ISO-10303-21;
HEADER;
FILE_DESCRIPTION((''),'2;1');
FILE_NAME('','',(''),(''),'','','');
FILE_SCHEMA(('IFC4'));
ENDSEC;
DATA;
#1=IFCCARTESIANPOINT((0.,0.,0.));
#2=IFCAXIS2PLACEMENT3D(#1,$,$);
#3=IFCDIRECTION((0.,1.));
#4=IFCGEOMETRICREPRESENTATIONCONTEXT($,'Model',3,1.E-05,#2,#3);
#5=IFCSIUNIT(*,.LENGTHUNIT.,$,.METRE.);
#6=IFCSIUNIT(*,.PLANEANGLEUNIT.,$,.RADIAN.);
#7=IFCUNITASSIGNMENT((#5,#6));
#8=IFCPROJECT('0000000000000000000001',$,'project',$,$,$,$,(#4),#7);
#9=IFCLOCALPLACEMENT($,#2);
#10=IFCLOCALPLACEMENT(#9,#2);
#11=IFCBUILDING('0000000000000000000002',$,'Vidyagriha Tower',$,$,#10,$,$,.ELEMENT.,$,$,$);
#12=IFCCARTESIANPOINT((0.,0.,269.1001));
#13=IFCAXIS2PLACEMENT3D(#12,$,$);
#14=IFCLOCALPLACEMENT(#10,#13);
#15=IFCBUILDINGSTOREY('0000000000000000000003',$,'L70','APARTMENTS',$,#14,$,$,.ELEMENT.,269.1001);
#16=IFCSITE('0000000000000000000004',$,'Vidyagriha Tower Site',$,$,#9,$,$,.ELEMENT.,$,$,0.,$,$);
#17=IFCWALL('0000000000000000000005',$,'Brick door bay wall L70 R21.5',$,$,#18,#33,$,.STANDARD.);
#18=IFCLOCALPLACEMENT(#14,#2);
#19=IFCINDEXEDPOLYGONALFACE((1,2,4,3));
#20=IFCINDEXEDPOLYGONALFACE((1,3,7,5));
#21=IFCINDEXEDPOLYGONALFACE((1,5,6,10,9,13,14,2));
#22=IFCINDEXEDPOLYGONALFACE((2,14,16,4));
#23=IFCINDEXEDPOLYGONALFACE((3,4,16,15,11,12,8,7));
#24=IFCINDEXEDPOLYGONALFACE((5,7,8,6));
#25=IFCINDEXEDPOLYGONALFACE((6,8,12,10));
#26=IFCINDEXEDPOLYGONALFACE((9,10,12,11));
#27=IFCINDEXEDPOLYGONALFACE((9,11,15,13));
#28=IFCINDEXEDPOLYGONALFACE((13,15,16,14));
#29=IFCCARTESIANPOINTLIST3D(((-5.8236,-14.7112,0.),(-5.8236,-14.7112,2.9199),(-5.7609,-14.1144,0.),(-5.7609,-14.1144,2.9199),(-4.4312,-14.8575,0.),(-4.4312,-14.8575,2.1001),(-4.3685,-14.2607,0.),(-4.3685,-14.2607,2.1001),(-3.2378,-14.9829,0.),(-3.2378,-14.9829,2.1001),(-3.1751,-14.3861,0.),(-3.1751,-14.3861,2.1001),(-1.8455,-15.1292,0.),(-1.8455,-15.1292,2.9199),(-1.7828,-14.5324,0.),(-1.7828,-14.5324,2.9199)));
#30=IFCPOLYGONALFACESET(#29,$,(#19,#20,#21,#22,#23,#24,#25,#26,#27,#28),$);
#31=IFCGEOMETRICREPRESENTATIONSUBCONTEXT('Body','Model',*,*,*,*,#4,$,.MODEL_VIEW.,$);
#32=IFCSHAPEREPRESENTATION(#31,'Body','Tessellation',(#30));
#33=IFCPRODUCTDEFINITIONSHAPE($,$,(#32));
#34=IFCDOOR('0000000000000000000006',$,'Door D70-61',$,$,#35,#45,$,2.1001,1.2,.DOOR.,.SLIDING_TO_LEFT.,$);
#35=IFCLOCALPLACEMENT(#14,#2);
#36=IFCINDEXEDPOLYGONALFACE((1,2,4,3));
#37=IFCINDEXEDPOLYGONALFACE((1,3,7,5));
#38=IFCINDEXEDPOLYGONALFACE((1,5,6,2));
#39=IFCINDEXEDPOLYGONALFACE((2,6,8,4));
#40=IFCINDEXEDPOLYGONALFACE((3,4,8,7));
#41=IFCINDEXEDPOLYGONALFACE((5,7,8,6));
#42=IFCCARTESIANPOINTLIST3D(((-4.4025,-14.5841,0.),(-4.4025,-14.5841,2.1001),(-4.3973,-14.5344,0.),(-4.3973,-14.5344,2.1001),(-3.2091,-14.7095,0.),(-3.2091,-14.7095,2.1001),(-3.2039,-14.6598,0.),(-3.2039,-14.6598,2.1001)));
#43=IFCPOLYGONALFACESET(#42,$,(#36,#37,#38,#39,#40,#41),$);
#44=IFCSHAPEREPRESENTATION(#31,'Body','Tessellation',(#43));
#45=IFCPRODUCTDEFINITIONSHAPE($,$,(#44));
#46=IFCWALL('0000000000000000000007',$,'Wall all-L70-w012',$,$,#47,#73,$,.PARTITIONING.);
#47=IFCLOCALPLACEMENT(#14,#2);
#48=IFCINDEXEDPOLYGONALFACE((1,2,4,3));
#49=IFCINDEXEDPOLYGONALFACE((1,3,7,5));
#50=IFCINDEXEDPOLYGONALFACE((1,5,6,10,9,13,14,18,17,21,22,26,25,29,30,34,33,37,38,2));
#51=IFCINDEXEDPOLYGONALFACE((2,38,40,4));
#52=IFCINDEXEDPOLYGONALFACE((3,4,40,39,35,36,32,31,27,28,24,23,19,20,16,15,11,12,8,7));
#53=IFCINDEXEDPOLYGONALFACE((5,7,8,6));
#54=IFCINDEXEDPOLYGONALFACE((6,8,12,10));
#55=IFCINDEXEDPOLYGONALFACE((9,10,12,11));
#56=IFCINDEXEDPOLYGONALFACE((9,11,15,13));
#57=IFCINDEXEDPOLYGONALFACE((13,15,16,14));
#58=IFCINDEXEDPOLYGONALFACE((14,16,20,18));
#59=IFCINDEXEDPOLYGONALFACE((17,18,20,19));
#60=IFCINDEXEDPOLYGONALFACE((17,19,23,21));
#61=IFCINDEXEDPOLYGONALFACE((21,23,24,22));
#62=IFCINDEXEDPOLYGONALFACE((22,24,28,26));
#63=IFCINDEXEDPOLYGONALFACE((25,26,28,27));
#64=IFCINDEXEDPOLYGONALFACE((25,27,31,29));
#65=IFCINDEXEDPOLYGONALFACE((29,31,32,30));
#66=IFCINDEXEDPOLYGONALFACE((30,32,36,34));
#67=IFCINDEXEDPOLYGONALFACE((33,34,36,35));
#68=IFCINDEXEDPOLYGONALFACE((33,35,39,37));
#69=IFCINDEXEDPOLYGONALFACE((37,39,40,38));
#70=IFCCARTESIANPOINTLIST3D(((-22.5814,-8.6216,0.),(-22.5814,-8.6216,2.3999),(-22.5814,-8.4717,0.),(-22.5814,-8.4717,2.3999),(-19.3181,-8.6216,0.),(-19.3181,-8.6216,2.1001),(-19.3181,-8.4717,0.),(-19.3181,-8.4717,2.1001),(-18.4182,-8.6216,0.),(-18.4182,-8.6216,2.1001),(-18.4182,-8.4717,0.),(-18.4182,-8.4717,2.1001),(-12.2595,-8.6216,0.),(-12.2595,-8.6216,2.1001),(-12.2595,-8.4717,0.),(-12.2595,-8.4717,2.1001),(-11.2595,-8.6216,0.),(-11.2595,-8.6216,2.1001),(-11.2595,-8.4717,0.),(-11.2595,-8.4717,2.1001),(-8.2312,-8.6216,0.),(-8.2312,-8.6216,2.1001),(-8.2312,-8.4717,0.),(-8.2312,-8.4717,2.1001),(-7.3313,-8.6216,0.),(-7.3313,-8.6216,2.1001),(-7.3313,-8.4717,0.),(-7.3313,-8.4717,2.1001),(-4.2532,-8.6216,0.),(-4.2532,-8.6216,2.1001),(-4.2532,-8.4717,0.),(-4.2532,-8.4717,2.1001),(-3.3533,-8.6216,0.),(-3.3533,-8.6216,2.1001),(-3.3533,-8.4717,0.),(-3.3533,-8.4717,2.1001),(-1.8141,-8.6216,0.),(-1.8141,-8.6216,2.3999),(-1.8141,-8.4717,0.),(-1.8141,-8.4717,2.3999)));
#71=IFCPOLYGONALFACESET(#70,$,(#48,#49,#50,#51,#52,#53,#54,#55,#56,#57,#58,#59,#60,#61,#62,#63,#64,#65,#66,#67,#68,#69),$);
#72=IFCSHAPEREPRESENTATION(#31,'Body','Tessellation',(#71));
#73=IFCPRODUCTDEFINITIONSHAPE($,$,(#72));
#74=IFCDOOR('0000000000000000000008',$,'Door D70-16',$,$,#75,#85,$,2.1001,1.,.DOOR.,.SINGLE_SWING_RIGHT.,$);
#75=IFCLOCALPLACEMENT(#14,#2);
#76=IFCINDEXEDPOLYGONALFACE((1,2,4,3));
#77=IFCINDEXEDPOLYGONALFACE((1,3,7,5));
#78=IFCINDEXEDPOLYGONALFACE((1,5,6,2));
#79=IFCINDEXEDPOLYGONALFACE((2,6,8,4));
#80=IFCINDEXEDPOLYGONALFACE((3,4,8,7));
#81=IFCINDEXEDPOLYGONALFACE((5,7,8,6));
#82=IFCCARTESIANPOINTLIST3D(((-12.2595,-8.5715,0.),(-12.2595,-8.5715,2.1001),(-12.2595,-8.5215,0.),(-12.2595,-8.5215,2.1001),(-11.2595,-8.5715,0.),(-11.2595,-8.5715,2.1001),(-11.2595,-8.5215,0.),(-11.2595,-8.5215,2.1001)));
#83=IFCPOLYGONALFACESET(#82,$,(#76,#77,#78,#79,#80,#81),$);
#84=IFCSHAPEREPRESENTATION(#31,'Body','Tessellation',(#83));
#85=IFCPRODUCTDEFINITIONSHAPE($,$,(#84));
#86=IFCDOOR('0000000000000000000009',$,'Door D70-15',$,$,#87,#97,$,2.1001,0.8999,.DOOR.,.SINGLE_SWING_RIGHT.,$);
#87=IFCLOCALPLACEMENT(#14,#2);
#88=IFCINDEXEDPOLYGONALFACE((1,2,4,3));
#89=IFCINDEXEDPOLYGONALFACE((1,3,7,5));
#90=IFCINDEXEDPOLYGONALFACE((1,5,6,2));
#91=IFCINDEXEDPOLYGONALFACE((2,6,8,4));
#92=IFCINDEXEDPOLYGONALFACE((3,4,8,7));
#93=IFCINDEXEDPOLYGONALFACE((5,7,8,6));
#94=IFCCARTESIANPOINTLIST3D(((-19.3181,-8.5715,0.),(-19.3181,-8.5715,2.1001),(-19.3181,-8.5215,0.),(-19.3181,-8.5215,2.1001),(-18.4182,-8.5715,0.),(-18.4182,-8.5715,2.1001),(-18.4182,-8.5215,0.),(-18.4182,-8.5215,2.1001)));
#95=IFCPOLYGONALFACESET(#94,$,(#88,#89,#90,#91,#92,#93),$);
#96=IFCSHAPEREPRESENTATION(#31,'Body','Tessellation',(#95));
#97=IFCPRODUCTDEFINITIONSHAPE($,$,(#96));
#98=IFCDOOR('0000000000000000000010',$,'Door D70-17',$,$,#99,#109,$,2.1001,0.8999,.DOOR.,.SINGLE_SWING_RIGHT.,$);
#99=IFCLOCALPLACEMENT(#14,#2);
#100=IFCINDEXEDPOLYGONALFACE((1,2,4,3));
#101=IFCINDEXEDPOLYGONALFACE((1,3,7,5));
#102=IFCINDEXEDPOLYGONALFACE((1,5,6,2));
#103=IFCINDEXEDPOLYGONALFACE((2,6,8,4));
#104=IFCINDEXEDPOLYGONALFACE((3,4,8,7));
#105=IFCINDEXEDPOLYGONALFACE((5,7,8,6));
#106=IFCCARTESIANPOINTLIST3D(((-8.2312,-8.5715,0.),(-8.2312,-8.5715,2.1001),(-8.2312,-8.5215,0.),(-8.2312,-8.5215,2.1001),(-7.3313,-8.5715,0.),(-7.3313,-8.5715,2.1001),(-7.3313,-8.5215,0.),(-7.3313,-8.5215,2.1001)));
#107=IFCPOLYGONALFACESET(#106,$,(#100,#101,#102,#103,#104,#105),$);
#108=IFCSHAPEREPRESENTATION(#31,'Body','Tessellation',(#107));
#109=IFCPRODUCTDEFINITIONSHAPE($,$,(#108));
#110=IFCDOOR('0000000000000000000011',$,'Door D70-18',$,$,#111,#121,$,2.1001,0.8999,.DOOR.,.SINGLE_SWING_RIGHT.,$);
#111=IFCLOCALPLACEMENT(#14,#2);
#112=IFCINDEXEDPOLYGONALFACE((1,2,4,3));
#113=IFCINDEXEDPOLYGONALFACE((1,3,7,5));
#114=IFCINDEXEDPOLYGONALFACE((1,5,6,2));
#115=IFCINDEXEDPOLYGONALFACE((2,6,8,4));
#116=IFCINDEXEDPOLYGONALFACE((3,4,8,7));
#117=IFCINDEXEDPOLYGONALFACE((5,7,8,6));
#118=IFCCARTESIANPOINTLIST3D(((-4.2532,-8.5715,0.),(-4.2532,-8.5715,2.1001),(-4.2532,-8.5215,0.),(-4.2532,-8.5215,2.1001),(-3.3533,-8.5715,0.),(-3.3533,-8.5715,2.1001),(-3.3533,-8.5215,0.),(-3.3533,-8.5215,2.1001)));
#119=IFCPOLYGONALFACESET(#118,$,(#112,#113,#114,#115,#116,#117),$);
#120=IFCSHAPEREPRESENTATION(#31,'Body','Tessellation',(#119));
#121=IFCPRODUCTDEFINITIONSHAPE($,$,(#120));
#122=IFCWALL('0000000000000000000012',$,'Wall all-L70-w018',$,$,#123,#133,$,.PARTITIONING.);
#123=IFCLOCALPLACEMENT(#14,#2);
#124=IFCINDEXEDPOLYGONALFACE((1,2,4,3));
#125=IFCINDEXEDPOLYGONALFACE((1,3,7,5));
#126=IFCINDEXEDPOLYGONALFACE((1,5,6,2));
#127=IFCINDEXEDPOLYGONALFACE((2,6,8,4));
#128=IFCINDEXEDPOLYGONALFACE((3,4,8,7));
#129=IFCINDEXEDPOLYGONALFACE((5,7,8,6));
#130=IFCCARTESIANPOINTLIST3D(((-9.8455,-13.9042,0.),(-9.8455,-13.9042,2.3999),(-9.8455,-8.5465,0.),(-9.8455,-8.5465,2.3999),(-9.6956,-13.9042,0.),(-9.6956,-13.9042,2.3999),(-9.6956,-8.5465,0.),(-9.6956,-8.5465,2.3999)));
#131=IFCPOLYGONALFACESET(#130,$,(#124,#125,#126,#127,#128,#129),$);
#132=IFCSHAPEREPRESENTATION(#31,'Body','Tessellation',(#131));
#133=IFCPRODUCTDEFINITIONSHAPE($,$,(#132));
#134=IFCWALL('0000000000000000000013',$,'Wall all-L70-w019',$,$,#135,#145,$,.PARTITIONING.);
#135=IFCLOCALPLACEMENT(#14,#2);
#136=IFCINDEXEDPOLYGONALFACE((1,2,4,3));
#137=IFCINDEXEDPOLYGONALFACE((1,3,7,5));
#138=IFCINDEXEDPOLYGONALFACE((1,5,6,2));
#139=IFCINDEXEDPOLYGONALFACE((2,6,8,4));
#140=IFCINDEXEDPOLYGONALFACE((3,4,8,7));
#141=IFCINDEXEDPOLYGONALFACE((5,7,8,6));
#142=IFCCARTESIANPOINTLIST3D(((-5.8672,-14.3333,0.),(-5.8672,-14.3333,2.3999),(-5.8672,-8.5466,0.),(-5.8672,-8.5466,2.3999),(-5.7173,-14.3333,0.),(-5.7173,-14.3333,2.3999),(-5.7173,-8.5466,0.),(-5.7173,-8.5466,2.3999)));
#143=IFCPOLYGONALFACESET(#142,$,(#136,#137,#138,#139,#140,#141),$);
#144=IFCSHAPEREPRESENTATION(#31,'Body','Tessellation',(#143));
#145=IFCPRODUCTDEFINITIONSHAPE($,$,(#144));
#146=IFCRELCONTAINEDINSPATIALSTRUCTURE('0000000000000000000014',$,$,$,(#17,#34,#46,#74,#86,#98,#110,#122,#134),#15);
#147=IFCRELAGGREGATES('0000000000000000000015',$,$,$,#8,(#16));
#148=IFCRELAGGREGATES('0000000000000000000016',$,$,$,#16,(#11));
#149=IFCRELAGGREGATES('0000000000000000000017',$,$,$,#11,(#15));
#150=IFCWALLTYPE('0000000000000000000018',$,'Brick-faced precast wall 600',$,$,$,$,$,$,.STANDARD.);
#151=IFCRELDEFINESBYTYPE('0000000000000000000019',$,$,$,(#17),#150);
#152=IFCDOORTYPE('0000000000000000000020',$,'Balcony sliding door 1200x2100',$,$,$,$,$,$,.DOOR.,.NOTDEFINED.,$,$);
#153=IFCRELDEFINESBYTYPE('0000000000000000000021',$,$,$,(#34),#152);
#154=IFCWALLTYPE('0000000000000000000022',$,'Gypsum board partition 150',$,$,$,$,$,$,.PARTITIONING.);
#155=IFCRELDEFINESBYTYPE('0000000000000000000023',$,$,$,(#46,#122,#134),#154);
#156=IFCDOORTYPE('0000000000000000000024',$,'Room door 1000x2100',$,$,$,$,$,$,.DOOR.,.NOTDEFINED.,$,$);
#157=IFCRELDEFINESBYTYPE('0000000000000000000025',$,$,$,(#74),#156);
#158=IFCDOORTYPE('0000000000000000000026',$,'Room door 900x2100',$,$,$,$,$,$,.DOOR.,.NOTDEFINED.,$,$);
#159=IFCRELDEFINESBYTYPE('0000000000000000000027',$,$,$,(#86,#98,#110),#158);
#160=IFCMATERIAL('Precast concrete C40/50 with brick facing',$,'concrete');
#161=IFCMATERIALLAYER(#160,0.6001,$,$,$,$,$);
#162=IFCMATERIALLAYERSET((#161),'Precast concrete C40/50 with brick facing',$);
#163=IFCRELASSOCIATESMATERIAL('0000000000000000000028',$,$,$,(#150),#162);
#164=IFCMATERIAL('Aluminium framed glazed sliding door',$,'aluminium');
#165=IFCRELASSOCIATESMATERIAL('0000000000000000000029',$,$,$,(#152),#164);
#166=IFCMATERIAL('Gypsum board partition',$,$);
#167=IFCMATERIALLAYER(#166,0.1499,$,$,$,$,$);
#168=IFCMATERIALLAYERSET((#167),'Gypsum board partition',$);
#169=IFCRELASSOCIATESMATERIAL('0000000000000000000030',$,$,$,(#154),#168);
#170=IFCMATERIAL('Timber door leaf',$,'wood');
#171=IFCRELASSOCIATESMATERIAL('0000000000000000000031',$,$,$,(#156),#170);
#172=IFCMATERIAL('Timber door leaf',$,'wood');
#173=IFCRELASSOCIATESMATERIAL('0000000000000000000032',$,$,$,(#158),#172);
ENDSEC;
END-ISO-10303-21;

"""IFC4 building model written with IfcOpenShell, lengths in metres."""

from ifc_helpers import new_model, si_unit, direction, frame, frame_2d, origin, place, context, subcontext, project, spatial, rectangle, extrude, material, layer, layer_set, type_object, element, fill, save


model = new_model("IFC4")

# Units and contexts
model_context = context("Model", 3, precision=1e-05, world=origin(), true_north=direction((0.0, 1.0)))
body_context = subcontext(model_context, "Body", "Model", "MODEL_VIEW")
ifc_project = project(units=[si_unit("LENGTHUNIT", "METRE"), si_unit("PLANEANGLEUNIT", "RADIAN")], contexts=[model_context])

# Site, building, storey
site_placement = place(None, origin())
site = spatial("IfcSite", under=ifc_project, at=site_placement, Name="Vidyagriha Tower Site", CompositionType="ELEMENT", RefElevation=0.0)
building_placement = place(site_placement, origin())
building = spatial("IfcBuilding", under=site, at=building_placement, Name="Vidyagriha Tower", CompositionType="ELEMENT")
storey_placement = place(building_placement, frame((0.0, 0.0, 269.1001)))
storey = spatial("IfcBuildingStorey", under=building, at=storey_placement, Name="L70", Description="APARTMENTS", CompositionType="ELEMENT", Elevation=269.1001)

# Wall, opening, door
ifc_material_1 = material(Name="Precast concrete C40/50 with brick facing", Category="concrete")
ifc_layer_1 = layer(ifc_material_1, 0.6001)
ifc_layer_set_1 = layer_set([ifc_layer_1], Name="Precast concrete C40/50 with brick facing")
wall_type_1 = type_object("IfcWallType", Name="Brick-faced precast wall 600", PredefinedType="STANDARD", material=ifc_layer_set_1)
wall_1_placement = place(storey_placement, frame((-5.7922, -14.4128, 0.0), z_axis=(0.0, 0.0, 1.0), x_axis=(0.994526, -0.104494, 0.0)))
wall_1 = element("IfcWall", 1, at=wall_1_placement, inside=storey, type_object=wall_type_1, Name="Brick door bay wall L70 R21.5", PredefinedType="STANDARD", context=body_context, shape_type="SweptSolid", body=[
    extrude(rectangle(XDim=4.0, YDim=0.6001, at=frame_2d((2.0, 0.0))), origin(), (0.0, 0.0, 1.0), 2.9199),
])
opening_1_placement = place(wall_1_placement, frame((1.3999, 0.0, 0.0)))
opening_1 = element("IfcOpeningElement", 2, at=opening_1_placement, cuts=wall_1, PredefinedType="OPENING", context=body_context, shape_type="SweptSolid", body=[
    extrude(rectangle(XDim=1.2, YDim=2.1001, at=frame_2d((0.6001, 1.05))), frame((0.0, 0.3101, 0.0), z_axis=(0.0, -1.0, 0.0), x_axis=(1.0, 0.0, 0.0)), (0.0, 0.0, 1.0), 0.6201),
])
ifc_material_2 = material(Name="Aluminium framed glazed sliding door", Category="aluminium")
door_type_1 = type_object("IfcDoorType", Name="Balcony sliding door 1200x2100", OperationType="NOTDEFINED", PredefinedType="DOOR", material=ifc_material_2)
door_1_placement = place(opening_1_placement, origin())
door_1 = element("IfcDoor", 3, at=door_1_placement, inside=storey, type_object=door_type_1, Name="Door D70-61", OperationType="SLIDING_TO_LEFT", OverallHeight=2.1001, OverallWidth=1.2, PredefinedType="DOOR", context=body_context, shape_type="SweptSolid", body=[
    extrude(rectangle(XDim=1.2, YDim=2.1001, at=frame_2d((0.6001, 1.05))), frame((0.0, 0.0249, 0.0), z_axis=(0.0, -1.0, 0.0), x_axis=(1.0, 0.0, 0.0)), (0.0, 0.0, 1.0), 0.05),
])
fill(opening_1, door_1)

# Wall, openings, doors
ifc_material_3 = material(Name="Gypsum board partition")
ifc_layer_2 = layer(ifc_material_3, 0.1499)
ifc_layer_set_2 = layer_set([ifc_layer_2], Name="Gypsum board partition")
wall_type_2 = type_object("IfcWallType", Name="Gypsum board partition 150", PredefinedType="PARTITIONING", material=ifc_layer_set_2)
wall_2_placement = place(storey_placement, frame((-1.814, -8.5466, 0.0), z_axis=(0.0, 0.0, 1.0), x_axis=(-1.0, 0.0, 0.0)))
wall_2 = element("IfcWall", 4, at=wall_2_placement, inside=storey, type_object=wall_type_2, Name="Wall all-L70-w012", PredefinedType="PARTITIONING", context=body_context, shape_type="SweptSolid", body=[
    extrude(rectangle(XDim=20.7673, YDim=0.1499, at=frame_2d((10.3838, 0.0))), origin(), (0.0, 0.0, 1.0), 2.3999),
])
opening_2_placement = place(wall_2_placement, frame((16.6042, 0.0, 0.0)))
opening_2 = element("IfcOpeningElement", 5, at=opening_2_placement, cuts=wall_2, PredefinedType="OPENING", context=body_context, shape_type="SweptSolid", body=[
    extrude(rectangle(XDim=0.8999, YDim=2.1001, at=frame_2d((0.45, 1.05))), frame((0.0, 0.085, 0.0), z_axis=(0.0, -1.0, 0.0), x_axis=(1.0, 0.0, 0.0)), (0.0, 0.0, 1.0), 0.1699),
])
opening_3_placement = place(wall_2_placement, frame((9.4456, 0.0, 0.0)))
opening_3 = element("IfcOpeningElement", 6, at=opening_3_placement, cuts=wall_2, PredefinedType="OPENING", context=body_context, shape_type="SweptSolid", body=[
    extrude(rectangle(XDim=1.0, YDim=2.1001, at=frame_2d((0.5, 1.05))), frame((0.0, 0.085, 0.0), z_axis=(0.0, -1.0, 0.0), x_axis=(1.0, 0.0, 0.0)), (0.0, 0.0, 1.0), 0.1699),
])
opening_4_placement = place(wall_2_placement, frame((5.5173, 0.0, 0.0)))
opening_4 = element("IfcOpeningElement", 7, at=opening_4_placement, cuts=wall_2, PredefinedType="OPENING", context=body_context, shape_type="SweptSolid", body=[
    extrude(rectangle(XDim=0.8999, YDim=2.1001, at=frame_2d((0.45, 1.05))), frame((0.0, 0.085, 0.0), z_axis=(0.0, -1.0, 0.0), x_axis=(1.0, 0.0, 0.0)), (0.0, 0.0, 1.0), 0.1699),
])
opening_5_placement = place(wall_2_placement, frame((1.5393, 0.0, 0.0)))
opening_5 = element("IfcOpeningElement", 8, at=opening_5_placement, cuts=wall_2, PredefinedType="OPENING", context=body_context, shape_type="SweptSolid", body=[
    extrude(rectangle(XDim=0.8999, YDim=2.1001, at=frame_2d((0.45, 1.05))), frame((0.0, 0.085, 0.0), z_axis=(0.0, -1.0, 0.0), x_axis=(1.0, 0.0, 0.0)), (0.0, 0.0, 1.0), 0.1699),
])
ifc_material_4 = material(Name="Timber door leaf", Category="wood")
door_type_2 = type_object("IfcDoorType", Name="Room door 1000x2100", OperationType="NOTDEFINED", PredefinedType="DOOR", material=ifc_material_4)
door_2_placement = place(opening_3_placement, origin())
door_2 = element("IfcDoor", 9, at=door_2_placement, inside=storey, type_object=door_type_2, Name="Door D70-16", OperationType="SINGLE_SWING_RIGHT", OverallHeight=2.1001, OverallWidth=1.0, PredefinedType="DOOR", context=body_context, shape_type="SweptSolid", body=[
    extrude(rectangle(XDim=1.0, YDim=2.1001, at=frame_2d((0.5, 1.05))), frame((0.0, 0.0249, 0.0), z_axis=(0.0, -1.0, 0.0), x_axis=(1.0, 0.0, 0.0)), (0.0, 0.0, 1.0), 0.05),
])
fill(opening_3, door_2)
ifc_material_5 = material(Name="Timber door leaf", Category="wood")
door_type_3 = type_object("IfcDoorType", Name="Room door 900x2100", OperationType="NOTDEFINED", PredefinedType="DOOR", material=ifc_material_5)
door_3_placement = place(opening_2_placement, origin())
door_3 = element("IfcDoor", 10, at=door_3_placement, inside=storey, type_object=door_type_3, Name="Door D70-15", OperationType="SINGLE_SWING_RIGHT", OverallHeight=2.1001, OverallWidth=0.8999, PredefinedType="DOOR", context=body_context, shape_type="SweptSolid", body=[
    extrude(rectangle(XDim=0.8999, YDim=2.1001, at=frame_2d((0.45, 1.05))), frame((0.0, 0.0249, 0.0), z_axis=(0.0, -1.0, 0.0), x_axis=(1.0, 0.0, 0.0)), (0.0, 0.0, 1.0), 0.05),
])
fill(opening_2, door_3)
door_4_placement = place(opening_4_placement, origin())
door_4 = element("IfcDoor", 11, at=door_4_placement, inside=storey, type_object=door_type_3, Name="Door D70-17", OperationType="SINGLE_SWING_RIGHT", OverallHeight=2.1001, OverallWidth=0.8999, PredefinedType="DOOR", context=body_context, shape_type="SweptSolid", body=[
    extrude(rectangle(XDim=0.8999, YDim=2.1001, at=frame_2d((0.45, 1.05))), frame((0.0, 0.0249, 0.0), z_axis=(0.0, -1.0, 0.0), x_axis=(1.0, 0.0, 0.0)), (0.0, 0.0, 1.0), 0.05),
])
fill(opening_4, door_4)
door_5_placement = place(opening_5_placement, origin())
door_5 = element("IfcDoor", 12, at=door_5_placement, inside=storey, type_object=door_type_3, Name="Door D70-18", OperationType="SINGLE_SWING_RIGHT", OverallHeight=2.1001, OverallWidth=0.8999, PredefinedType="DOOR", context=body_context, shape_type="SweptSolid", body=[
    extrude(rectangle(XDim=0.8999, YDim=2.1001, at=frame_2d((0.45, 1.05))), frame((0.0, 0.0249, 0.0), z_axis=(0.0, -1.0, 0.0), x_axis=(1.0, 0.0, 0.0)), (0.0, 0.0, 1.0), 0.05),
])
fill(opening_5, door_5)

# Walls
wall_3_placement = place(storey_placement, frame((-9.7705, -8.5466, 0.0), z_axis=(0.0, 0.0, 1.0), x_axis=(0.0, -1.0, 0.0)))
element("IfcWall", 13, at=wall_3_placement, inside=storey, type_object=wall_type_2, Name="Wall all-L70-w018", PredefinedType="PARTITIONING", context=body_context, shape_type="SweptSolid", body=[
    extrude(rectangle(XDim=5.3577, YDim=0.1499, at=frame_2d((2.6787, 0.0))), origin(), (0.0, 0.0, 1.0), 2.3999),
])
wall_4_placement = place(storey_placement, frame((-5.7922, -8.5466, 0.0), z_axis=(0.0, 0.0, 1.0), x_axis=(0.0, -1.0, 0.0)))
element("IfcWall", 14, at=wall_4_placement, inside=storey, type_object=wall_type_2, Name="Wall all-L70-w019", PredefinedType="PARTITIONING", context=body_context, shape_type="SweptSolid", body=[
    extrude(rectangle(XDim=5.7866, YDim=0.1499, at=frame_2d((2.8933, 0.0))), origin(), (0.0, 0.0, 1.0), 2.3999),
])

save(model, "model.ifc")
